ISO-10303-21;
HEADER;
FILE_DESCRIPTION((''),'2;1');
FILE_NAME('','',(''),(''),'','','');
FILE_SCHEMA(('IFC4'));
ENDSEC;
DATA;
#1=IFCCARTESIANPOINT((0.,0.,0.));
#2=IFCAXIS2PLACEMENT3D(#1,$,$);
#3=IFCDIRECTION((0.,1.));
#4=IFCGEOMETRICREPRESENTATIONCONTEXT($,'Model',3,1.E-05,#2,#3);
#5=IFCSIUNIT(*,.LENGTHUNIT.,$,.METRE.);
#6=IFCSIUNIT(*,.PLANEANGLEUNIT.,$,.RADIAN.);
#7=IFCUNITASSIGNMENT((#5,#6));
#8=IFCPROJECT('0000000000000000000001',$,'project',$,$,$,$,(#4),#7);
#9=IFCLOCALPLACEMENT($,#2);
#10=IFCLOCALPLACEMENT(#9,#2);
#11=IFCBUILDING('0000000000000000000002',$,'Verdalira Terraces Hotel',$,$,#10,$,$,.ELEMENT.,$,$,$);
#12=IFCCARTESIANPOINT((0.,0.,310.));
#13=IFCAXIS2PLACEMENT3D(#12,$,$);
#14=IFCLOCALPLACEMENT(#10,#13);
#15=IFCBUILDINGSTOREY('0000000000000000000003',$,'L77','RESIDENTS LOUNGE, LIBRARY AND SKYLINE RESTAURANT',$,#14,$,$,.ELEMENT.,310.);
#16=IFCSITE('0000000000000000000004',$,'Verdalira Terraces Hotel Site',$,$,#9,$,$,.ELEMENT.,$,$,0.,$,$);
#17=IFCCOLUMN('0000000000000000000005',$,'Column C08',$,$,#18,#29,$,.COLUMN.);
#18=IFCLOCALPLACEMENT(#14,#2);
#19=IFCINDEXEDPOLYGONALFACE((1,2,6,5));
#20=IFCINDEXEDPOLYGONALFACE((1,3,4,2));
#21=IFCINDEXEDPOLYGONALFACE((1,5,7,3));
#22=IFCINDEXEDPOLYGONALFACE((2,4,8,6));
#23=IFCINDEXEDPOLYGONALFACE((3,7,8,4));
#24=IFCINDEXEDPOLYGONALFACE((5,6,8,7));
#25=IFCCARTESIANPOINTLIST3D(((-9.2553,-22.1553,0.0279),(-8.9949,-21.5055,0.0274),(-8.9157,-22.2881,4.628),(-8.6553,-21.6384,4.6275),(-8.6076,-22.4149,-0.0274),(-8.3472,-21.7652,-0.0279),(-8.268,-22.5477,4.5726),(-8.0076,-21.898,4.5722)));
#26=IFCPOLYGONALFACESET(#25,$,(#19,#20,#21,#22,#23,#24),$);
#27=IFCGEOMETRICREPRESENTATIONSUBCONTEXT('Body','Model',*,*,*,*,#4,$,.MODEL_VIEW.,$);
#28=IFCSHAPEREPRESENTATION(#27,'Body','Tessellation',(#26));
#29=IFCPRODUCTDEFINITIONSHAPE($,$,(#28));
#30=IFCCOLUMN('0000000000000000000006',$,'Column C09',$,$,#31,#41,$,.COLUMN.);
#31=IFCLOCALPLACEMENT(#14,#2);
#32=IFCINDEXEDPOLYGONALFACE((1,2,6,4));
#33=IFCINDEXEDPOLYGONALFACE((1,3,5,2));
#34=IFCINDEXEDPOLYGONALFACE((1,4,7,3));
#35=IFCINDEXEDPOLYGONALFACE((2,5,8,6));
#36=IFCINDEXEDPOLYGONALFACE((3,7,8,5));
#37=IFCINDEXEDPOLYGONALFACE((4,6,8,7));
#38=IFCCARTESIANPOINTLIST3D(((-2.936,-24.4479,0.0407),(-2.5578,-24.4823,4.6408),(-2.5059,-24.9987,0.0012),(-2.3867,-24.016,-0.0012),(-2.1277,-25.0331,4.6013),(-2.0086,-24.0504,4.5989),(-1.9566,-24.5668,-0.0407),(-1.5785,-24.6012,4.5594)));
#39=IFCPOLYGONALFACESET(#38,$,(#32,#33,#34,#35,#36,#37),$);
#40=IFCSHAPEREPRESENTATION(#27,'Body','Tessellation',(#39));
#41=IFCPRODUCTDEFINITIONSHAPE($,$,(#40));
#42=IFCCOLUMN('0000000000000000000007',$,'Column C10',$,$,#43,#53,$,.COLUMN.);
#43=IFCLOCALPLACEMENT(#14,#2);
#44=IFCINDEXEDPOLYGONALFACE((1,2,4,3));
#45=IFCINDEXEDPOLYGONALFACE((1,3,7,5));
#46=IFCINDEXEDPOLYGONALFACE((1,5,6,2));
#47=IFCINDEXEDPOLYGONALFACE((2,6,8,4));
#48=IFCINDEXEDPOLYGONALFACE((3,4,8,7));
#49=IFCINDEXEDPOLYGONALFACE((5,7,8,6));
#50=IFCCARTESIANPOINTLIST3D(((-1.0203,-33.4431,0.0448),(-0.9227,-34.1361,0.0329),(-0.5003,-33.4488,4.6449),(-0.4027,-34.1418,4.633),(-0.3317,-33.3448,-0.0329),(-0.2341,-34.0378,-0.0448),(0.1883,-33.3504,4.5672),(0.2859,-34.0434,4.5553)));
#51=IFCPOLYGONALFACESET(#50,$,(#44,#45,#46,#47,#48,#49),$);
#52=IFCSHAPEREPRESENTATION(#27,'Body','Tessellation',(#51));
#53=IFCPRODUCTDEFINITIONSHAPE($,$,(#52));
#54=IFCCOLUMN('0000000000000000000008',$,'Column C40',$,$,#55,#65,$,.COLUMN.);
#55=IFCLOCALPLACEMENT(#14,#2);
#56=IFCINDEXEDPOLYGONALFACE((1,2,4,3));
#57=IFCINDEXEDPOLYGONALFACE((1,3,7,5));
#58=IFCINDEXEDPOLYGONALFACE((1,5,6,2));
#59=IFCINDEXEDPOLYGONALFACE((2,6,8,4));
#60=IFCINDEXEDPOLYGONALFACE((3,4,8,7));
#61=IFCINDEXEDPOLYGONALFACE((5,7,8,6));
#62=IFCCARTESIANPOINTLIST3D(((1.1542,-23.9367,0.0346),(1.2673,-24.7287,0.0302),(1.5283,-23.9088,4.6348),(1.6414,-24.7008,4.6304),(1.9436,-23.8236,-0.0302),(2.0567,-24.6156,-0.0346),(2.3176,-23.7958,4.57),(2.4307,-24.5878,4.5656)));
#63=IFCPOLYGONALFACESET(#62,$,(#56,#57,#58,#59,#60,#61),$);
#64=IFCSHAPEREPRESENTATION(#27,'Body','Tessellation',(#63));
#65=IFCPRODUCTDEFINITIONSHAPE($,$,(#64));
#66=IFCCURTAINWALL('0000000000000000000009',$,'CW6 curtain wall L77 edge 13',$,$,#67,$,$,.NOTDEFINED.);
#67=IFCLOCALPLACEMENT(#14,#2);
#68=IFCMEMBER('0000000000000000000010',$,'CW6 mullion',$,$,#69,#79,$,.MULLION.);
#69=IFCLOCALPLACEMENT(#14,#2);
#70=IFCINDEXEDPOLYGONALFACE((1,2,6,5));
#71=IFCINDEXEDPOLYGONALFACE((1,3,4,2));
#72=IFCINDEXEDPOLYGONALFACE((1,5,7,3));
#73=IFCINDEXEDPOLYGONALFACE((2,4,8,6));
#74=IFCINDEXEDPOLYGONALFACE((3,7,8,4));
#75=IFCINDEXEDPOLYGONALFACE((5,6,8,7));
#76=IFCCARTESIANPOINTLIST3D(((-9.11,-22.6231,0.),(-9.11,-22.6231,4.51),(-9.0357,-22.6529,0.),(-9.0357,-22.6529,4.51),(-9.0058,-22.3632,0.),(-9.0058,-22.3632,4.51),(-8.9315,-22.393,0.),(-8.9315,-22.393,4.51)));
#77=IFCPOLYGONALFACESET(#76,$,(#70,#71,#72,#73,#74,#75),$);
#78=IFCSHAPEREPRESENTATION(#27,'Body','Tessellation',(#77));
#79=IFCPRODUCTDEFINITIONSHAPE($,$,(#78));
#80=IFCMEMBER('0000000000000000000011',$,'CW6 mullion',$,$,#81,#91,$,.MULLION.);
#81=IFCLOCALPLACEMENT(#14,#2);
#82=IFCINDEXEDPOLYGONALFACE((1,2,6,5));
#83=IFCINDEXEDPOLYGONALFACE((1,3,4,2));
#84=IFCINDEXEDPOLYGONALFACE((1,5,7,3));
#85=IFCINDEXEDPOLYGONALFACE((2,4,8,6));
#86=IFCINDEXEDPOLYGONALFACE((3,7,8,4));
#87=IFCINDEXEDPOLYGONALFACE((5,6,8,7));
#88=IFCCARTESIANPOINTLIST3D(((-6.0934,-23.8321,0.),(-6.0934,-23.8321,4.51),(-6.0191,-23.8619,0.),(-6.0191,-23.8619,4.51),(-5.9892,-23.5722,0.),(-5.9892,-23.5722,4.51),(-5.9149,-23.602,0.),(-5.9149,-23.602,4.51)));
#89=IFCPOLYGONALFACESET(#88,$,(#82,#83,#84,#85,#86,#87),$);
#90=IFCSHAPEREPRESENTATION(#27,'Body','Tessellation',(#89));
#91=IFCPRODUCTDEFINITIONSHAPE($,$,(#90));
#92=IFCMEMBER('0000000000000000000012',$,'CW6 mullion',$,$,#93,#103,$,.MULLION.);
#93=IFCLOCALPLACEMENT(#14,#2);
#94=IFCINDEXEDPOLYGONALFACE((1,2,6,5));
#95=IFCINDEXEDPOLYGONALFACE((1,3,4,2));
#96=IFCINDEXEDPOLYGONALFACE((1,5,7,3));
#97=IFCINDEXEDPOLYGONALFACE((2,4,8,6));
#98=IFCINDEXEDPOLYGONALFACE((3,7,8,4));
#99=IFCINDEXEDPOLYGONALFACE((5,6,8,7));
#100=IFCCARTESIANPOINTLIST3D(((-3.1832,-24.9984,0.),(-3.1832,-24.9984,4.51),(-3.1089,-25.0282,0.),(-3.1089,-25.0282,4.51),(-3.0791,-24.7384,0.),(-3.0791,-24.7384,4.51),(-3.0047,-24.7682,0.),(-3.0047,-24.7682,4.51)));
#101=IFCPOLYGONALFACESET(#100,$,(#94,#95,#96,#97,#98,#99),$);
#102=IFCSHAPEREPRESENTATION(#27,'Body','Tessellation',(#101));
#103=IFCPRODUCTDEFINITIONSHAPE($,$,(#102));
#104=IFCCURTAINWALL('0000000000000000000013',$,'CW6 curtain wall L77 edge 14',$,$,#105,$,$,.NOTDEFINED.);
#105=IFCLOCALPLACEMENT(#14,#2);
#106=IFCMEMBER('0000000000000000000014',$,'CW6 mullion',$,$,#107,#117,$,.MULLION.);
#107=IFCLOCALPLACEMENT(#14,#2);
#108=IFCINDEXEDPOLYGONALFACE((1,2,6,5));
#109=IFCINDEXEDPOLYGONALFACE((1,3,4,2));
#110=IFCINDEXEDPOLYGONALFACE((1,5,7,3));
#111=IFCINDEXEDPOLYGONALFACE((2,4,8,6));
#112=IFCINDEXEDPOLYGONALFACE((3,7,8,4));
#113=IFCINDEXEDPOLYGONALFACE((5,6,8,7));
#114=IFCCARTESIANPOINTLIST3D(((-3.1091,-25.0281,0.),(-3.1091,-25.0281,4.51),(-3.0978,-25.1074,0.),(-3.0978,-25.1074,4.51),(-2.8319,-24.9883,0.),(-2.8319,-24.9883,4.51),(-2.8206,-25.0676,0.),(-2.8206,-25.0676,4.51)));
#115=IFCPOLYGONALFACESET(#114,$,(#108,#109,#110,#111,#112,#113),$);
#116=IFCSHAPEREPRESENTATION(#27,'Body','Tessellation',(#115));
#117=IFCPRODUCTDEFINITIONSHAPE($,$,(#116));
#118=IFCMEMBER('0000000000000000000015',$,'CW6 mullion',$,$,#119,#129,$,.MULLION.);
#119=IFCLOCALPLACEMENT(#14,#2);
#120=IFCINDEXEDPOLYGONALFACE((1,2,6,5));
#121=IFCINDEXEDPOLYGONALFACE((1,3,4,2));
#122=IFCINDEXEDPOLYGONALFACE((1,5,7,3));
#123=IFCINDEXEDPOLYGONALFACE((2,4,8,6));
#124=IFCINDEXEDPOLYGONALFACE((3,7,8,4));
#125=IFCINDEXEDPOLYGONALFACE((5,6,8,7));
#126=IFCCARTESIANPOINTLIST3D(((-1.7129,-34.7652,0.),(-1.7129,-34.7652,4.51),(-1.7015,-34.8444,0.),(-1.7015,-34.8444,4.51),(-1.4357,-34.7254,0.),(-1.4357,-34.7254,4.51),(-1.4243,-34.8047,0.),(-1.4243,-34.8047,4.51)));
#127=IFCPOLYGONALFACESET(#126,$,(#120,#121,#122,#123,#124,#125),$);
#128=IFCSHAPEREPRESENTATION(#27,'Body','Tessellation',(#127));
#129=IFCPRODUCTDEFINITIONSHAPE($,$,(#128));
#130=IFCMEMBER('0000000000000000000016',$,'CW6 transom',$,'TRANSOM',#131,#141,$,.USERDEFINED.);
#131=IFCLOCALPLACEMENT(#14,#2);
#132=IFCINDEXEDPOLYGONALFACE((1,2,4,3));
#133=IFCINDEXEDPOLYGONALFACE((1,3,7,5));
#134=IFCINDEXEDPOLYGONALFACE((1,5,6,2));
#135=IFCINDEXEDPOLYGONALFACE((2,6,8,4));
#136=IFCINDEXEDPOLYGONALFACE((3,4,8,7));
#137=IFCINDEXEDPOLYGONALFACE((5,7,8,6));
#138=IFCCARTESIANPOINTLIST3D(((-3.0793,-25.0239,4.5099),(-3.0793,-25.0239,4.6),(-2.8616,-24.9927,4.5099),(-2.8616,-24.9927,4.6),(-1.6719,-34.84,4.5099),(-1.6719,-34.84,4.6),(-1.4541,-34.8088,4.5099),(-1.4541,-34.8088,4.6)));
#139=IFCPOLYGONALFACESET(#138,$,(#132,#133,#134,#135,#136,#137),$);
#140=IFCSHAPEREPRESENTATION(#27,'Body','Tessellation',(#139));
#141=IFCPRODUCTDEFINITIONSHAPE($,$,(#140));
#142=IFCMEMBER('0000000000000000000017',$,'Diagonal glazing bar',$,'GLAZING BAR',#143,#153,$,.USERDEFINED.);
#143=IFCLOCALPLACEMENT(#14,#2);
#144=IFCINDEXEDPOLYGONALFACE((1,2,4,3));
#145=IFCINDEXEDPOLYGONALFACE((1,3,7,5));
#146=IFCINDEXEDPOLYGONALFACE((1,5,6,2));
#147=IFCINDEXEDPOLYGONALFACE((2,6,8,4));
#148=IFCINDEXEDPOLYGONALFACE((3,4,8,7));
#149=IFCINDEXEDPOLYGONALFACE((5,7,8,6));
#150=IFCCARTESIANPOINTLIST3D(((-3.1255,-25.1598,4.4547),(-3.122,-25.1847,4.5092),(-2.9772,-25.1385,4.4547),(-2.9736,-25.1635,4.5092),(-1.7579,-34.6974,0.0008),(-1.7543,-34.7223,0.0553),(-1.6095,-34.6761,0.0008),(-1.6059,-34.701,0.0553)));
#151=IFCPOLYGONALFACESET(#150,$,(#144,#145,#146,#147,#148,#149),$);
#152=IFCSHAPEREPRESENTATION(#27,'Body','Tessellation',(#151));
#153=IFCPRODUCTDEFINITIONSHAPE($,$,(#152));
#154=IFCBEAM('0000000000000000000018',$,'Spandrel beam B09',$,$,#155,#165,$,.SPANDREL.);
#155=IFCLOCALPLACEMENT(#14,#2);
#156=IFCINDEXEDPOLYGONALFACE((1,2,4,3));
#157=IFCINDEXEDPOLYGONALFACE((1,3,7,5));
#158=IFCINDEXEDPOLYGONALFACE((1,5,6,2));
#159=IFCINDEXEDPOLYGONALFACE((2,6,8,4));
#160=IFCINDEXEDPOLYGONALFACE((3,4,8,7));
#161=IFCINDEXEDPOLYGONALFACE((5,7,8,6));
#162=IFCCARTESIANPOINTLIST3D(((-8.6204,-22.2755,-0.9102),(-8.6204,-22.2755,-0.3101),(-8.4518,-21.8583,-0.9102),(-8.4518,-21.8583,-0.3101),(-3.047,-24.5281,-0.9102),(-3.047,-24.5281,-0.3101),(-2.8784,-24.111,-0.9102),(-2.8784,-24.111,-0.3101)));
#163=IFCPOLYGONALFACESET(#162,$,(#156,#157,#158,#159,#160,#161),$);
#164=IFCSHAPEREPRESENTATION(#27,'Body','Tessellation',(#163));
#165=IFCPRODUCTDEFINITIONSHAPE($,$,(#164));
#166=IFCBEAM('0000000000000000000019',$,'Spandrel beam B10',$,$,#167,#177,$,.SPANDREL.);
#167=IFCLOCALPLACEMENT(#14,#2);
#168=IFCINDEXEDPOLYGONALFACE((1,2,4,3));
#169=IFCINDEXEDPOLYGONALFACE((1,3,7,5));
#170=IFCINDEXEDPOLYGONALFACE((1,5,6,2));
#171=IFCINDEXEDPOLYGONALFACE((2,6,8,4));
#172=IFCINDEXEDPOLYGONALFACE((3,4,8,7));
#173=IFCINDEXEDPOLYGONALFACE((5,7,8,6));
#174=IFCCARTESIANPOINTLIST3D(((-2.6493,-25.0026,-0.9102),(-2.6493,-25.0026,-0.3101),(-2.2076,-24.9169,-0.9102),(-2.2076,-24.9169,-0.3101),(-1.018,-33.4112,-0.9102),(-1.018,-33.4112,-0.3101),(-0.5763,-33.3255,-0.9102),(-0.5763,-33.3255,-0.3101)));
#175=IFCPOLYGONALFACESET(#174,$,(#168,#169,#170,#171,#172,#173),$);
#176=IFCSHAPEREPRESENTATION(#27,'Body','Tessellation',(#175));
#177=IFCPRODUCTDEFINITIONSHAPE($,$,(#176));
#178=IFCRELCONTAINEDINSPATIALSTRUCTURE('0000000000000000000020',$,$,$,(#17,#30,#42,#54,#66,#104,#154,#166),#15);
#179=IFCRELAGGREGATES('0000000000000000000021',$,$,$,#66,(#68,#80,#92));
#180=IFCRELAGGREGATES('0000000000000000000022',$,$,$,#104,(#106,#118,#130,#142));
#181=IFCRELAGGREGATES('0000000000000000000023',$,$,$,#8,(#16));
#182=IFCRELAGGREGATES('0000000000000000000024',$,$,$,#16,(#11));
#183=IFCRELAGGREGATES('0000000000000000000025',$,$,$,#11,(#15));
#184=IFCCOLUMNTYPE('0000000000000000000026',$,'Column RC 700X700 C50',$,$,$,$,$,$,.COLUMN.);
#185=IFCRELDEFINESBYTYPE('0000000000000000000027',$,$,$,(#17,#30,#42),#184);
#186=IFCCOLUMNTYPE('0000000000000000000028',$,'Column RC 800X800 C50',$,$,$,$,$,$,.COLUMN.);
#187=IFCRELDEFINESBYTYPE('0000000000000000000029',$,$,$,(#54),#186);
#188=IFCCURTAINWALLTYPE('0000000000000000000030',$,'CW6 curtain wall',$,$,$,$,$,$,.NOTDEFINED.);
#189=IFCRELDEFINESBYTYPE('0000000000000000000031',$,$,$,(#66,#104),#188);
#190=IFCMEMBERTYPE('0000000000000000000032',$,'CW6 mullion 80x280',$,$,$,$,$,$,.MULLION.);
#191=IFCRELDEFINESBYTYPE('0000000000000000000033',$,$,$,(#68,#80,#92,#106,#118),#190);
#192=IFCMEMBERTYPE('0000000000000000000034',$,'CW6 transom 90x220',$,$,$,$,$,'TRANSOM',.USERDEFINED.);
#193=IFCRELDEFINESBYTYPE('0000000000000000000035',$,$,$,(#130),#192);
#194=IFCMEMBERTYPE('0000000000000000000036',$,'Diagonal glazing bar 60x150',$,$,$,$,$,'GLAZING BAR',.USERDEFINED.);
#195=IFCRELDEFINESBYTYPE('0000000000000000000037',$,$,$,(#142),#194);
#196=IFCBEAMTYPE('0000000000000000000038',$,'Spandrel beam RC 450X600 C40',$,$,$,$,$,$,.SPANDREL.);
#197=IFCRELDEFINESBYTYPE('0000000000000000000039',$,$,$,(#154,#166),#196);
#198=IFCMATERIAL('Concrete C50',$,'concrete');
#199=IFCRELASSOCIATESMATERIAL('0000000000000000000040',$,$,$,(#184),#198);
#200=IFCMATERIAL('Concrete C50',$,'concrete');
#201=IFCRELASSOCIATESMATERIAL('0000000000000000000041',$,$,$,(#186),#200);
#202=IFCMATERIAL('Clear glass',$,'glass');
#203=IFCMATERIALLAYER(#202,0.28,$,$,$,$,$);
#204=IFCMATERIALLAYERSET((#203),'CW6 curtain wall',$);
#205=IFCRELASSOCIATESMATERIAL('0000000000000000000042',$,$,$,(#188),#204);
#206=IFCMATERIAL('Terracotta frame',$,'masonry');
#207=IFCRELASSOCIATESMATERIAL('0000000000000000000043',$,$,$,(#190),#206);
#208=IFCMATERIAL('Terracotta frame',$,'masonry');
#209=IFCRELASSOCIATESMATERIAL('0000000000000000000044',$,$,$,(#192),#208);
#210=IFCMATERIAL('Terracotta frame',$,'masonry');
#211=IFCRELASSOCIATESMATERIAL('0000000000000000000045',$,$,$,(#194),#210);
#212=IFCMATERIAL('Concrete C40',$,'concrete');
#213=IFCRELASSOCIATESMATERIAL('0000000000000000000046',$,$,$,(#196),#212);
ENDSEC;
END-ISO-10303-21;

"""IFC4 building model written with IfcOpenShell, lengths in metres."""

from ifc_helpers import new_model, si_unit, direction, frame, origin, origin_2d, place, context, subcontext, project, spatial, rectangle, extrude, material, layer, layer_set, material_profile, profile_set, type_object, element, aggregate, save


model = new_model("IFC4")

# Units and contexts
model_context = context("Model", 3, precision=1e-05, world=origin(), true_north=direction((0.0, 1.0)))
body_context = subcontext(model_context, "Body", "Model", "MODEL_VIEW")
ifc_project = project(units=[si_unit("LENGTHUNIT", "METRE"), si_unit("PLANEANGLEUNIT", "RADIAN")], contexts=[model_context])

# Site, building, storey
site_placement = place(None, origin())
site = spatial("IfcSite", under=ifc_project, at=site_placement, Name="Verdalira Terraces Hotel Site", CompositionType="ELEMENT", RefElevation=0.0)
building_placement = place(site_placement, origin())
building = spatial("IfcBuilding", under=site, at=building_placement, Name="Verdalira Terraces Hotel", CompositionType="ELEMENT")
storey_placement = place(building_placement, frame((0.0, 0.0, 310.0)))
storey = spatial("IfcBuildingStorey", under=building, at=storey_placement, Name="L77", Description="RESIDENTS LOUNGE, LIBRARY AND SKYLINE RESTAURANT", CompositionType="ELEMENT", Elevation=310.0)

# Columns
ifc_material_1 = material(Name="Concrete C50", Category="concrete")
ifc_material_profile_1 = material_profile(ifc_material_1, rectangle(XDim=0.7, YDim=0.7, at=origin_2d()), Name="RC 700X700")
ifc_profile_set_1 = profile_set([ifc_material_profile_1], Name="Concrete C50")
column_type_1 = type_object("IfcColumnType", Name="Column RC 700X700 C50", PredefinedType="COLUMN", material=ifc_profile_set_1)
column_1_placement = place(storey_placement, frame((-8.8013, -21.9602, 0.0), z_axis=(0.073594, -0.028781, 0.996873), x_axis=(0.925306, -0.370897, -0.079019)))
element("IfcColumn", 1, at=column_1_placement, inside=storey, type_object=column_type_1, Name="Column C08", PredefinedType="COLUMN", context=body_context, shape_type="SweptSolid", body=[
    extrude(rectangle(XDim=0.7, YDim=0.7, at=origin_2d()), origin(), (0.0, 0.0, 1.0), 4.6145),
])
column_2_placement = place(storey_placement, frame((-2.4463, -24.5073, 0.0), z_axis=(0.081931, -0.007458, 0.99661), x_axis=(-0.614475, 0.786917, 0.056405)))
element("IfcColumn", 2, at=column_2_placement, inside=storey, type_object=column_type_1, Name="Column C09", PredefinedType="COLUMN", context=body_context, shape_type="SweptSolid", body=[
    extrude(rectangle(XDim=0.7, YDim=0.7, at=origin_2d()), origin(), (0.0, 0.0, 1.0), 4.6157),
])
column_3_placement = place(storey_placement, frame((-0.6272, -33.7405, 0.0), z_axis=(0.11233, -0.001213, 0.99367), x_axis=(0.139458, -0.990082, -0.016974)))
element("IfcColumn", 3, at=column_3_placement, inside=storey, type_object=column_type_1, Name="Column C10", PredefinedType="COLUMN", context=body_context, shape_type="SweptSolid", body=[
    extrude(rectangle(XDim=0.7, YDim=0.7, at=origin_2d()), origin(), (0.0, 0.0, 1.0), 4.6294),
])
ifc_material_2 = material(Name="Concrete C50", Category="concrete")
ifc_material_profile_2 = material_profile(ifc_material_2, rectangle(XDim=0.8, YDim=0.8, at=origin_2d()), Name="RC 800X800")
ifc_profile_set_2 = profile_set([ifc_material_profile_2], Name="Concrete C50")
column_type_2 = type_object("IfcColumnType", Name="Column RC 800X800 C50", PredefinedType="COLUMN", material=ifc_profile_set_2)
column_4_placement = place(storey_placement, frame((1.6055, -24.2761, 0.0), z_axis=(0.081039, 0.00603, 0.996693), x_axis=(0.141351, -0.989944, -0.005503)))
element("IfcColumn", 4, at=column_4_placement, inside=storey, type_object=column_type_2, Name="Column C40", PredefinedType="COLUMN", context=body_context, shape_type="SweptSolid", body=[
    extrude(rectangle(XDim=0.8, YDim=0.8, at=origin_2d()), origin(), (0.0, 0.0, 1.0), 4.6155),
])

# Curtain walls, members
ifc_material_3 = material(Name="Clear glass", Category="glass")
ifc_layer_1 = layer(ifc_material_3, 0.28)
ifc_layer_set_1 = layer_set([ifc_layer_1], Name="CW6 curtain wall")
curtain_wall_type = type_object("IfcCurtainWallType", Name="CW6 curtain wall", PredefinedType="NOTDEFINED", material=ifc_layer_set_1)
curtain_wall_1_placement = place(storey_placement, origin())
curtain_wall_1 = element("IfcCurtainWall", 5, at=curtain_wall_1_placement, inside=storey, type_object=curtain_wall_type, Name="CW6 curtain wall L77 edge 13", PredefinedType="NOTDEFINED")
ifc_material_4 = material(Name="Terracotta frame", Category="masonry")
ifc_material_profile_3 = material_profile(ifc_material_4, rectangle(XDim=0.0801, YDim=0.28, at=origin_2d()), Name="MU 80x280")
ifc_profile_set_3 = profile_set([ifc_material_profile_3], Name="Terracotta frame")
member_type_1 = type_object("IfcMemberType", Name="CW6 mullion 80x280", PredefinedType="MULLION", material=ifc_profile_set_3)
member_1_placement = place(storey_placement, frame((-9.0208, -22.5081, 0.0), z_axis=(0.0, 0.0, 1.0), x_axis=(0.928226, -0.372016, 0.0)))
member_1 = element("IfcMember", 6, at=member_1_placement, type_object=member_type_1, Name="CW6 mullion", PredefinedType="MULLION", context=body_context, shape_type="SweptSolid", body=[
    extrude(rectangle(XDim=0.0801, YDim=0.28, at=origin_2d()), origin(), (0.0, 0.0, 1.0), 4.51),
])
member_2_placement = place(storey_placement, frame((-6.0042, -23.717, 0.0), z_axis=(0.0, 0.0, 1.0), x_axis=(0.928226, -0.372016, 0.0)))
member_2 = element("IfcMember", 7, at=member_2_placement, type_object=member_type_1, Name="CW6 mullion", PredefinedType="MULLION", context=body_context, shape_type="SweptSolid", body=[
    extrude(rectangle(XDim=0.0801, YDim=0.28, at=origin_2d()), origin(), (0.0, 0.0, 1.0), 4.51),
])
member_3_placement = place(storey_placement, frame((-3.094, -24.8833, 0.0), z_axis=(0.0, 0.0, 1.0), x_axis=(0.928226, -0.372016, 0.0)))
member_3 = element("IfcMember", 8, at=member_3_placement, type_object=member_type_1, Name="CW6 mullion", PredefinedType="MULLION", context=body_context, shape_type="SweptSolid", body=[
    extrude(rectangle(XDim=0.0801, YDim=0.28, at=origin_2d()), origin(), (0.0, 0.0, 1.0), 4.51),
])
curtain_wall_2_placement = place(storey_placement, origin())
curtain_wall_2 = element("IfcCurtainWall", 9, at=curtain_wall_2_placement, inside=storey, type_object=curtain_wall_type, Name="CW6 curtain wall L77 edge 14", PredefinedType="NOTDEFINED")
member_4_placement = place(storey_placement, frame((-2.9648, -25.0479, 0.0), z_axis=(0.0, 0.0, 1.0), x_axis=(0.141938, -0.989876, 0.0)))
member_4 = element("IfcMember", 10, at=member_4_placement, type_object=member_type_1, Name="CW6 mullion", PredefinedType="MULLION", context=body_context, shape_type="SweptSolid", body=[
    extrude(rectangle(XDim=0.0801, YDim=0.28, at=origin_2d()), origin(), (0.0, 0.0, 1.0), 4.51),
])
member_5_placement = place(storey_placement, frame((-1.5686, -34.7849, 0.0), z_axis=(0.0, 0.0, 1.0), x_axis=(0.141938, -0.989876, 0.0)))
member_5 = element("IfcMember", 11, at=member_5_placement, type_object=member_type_1, Name="CW6 mullion", PredefinedType="MULLION", context=body_context, shape_type="SweptSolid", body=[
    extrude(rectangle(XDim=0.0801, YDim=0.28, at=origin_2d()), origin(), (0.0, 0.0, 1.0), 4.51),
])
ifc_material_5 = material(Name="Terracotta frame", Category="masonry")
ifc_material_profile_4 = material_profile(ifc_material_5, rectangle(XDim=0.22, YDim=0.0901, at=origin_2d()), Name="TR 90x220")
ifc_profile_set_4 = profile_set([ifc_material_profile_4], Name="Terracotta frame")
member_type_2 = type_object("IfcMemberType", Name="CW6 transom 90x220", ElementType="TRANSOM", PredefinedType="USERDEFINED", material=ifc_profile_set_4)
member_6_placement = place(storey_placement, frame((-2.9705, -25.0083, 4.5549), z_axis=(0.141931, -0.989876, 0.0), x_axis=(0.989876, 0.141931, 0.0)))
member_6 = element("IfcMember", 12, at=member_6_placement, type_object=member_type_2, Name="CW6 transom", ObjectType="TRANSOM", PredefinedType="USERDEFINED", context=body_context, shape_type="SweptSolid", body=[
    extrude(rectangle(XDim=0.22, YDim=0.0901, at=origin_2d()), origin(), (0.0, 0.0, 1.0), 9.9165),
])
ifc_material_6 = material(Name="Terracotta frame", Category="masonry")
ifc_material_profile_5 = material_profile(ifc_material_6, rectangle(XDim=0.1499, YDim=0.0601, at=origin_2d()), Name="GB 60x150")
ifc_profile_set_5 = profile_set([ifc_material_profile_5], Name="Terracotta frame")
member_type_3 = type_object("IfcMemberType", Name="Diagonal glazing bar 60x150", ElementType="GLAZING BAR", PredefinedType="USERDEFINED", material=ifc_profile_set_5)
member_7_placement = place(storey_placement, frame((-3.0496, -25.1616, 4.4819), z_axis=(0.128847, -0.898522, -0.419591), x_axis=(0.989874, 0.141946, 0.0)))
member_7 = element("IfcMember", 13, at=member_7_placement, type_object=member_type_3, Name="Diagonal glazing bar", ObjectType="GLAZING BAR", PredefinedType="USERDEFINED", context=body_context, shape_type="SweptSolid", body=[
    extrude(rectangle(XDim=0.1499, YDim=0.0601, at=origin_2d()), origin(), (0.0, 0.0, 1.0), 10.6147),
])

# Beams
ifc_material_7 = material(Name="Concrete C40", Category="concrete")
ifc_material_profile_6 = material_profile(ifc_material_7, rectangle(XDim=0.45, YDim=0.6001, at=origin_2d()), Name="RC 450X600")
ifc_profile_set_6 = profile_set([ifc_material_profile_6], Name="Concrete C40")
beam_type = type_object("IfcBeamType", Name="Spandrel beam RC 450X600 C40", PredefinedType="SPANDREL", material=ifc_profile_set_6)
beam_1_placement = place(storey_placement, frame((-8.5361, -22.0669, -0.6101), z_axis=(0.927135, -0.374728, 0.0), x_axis=(0.374728, 0.927135, 0.0)))
element("IfcBeam", 14, at=beam_1_placement, inside=storey, type_object=beam_type, Name="Spandrel beam B09", PredefinedType="SPANDREL", context=body_context, shape_type="SweptSolid", body=[
    extrude(rectangle(XDim=0.45, YDim=0.6001, at=origin_2d()), origin(), (0.0, 0.0, 1.0), 6.0115),
])
beam_2_placement = place(storey_placement, frame((-2.4285, -24.9597, -0.6101), z_axis=(0.190456, -0.981696, 0.0), x_axis=(0.981696, 0.190456, 0.0)))
element("IfcBeam", 15, at=beam_2_placement, inside=storey, type_object=beam_type, Name="Spandrel beam B10", PredefinedType="SPANDREL", context=body_context, shape_type="SweptSolid", body=[
    extrude(rectangle(XDim=0.45, YDim=0.6001, at=origin_2d()), origin(), (0.0, 0.0, 1.0), 8.5654),
])

aggregate(curtain_wall_1, [member_1, member_2, member_3])
aggregate(curtain_wall_2, [member_4, member_5, member_6, member_7])

save(model, "model.ifc")
